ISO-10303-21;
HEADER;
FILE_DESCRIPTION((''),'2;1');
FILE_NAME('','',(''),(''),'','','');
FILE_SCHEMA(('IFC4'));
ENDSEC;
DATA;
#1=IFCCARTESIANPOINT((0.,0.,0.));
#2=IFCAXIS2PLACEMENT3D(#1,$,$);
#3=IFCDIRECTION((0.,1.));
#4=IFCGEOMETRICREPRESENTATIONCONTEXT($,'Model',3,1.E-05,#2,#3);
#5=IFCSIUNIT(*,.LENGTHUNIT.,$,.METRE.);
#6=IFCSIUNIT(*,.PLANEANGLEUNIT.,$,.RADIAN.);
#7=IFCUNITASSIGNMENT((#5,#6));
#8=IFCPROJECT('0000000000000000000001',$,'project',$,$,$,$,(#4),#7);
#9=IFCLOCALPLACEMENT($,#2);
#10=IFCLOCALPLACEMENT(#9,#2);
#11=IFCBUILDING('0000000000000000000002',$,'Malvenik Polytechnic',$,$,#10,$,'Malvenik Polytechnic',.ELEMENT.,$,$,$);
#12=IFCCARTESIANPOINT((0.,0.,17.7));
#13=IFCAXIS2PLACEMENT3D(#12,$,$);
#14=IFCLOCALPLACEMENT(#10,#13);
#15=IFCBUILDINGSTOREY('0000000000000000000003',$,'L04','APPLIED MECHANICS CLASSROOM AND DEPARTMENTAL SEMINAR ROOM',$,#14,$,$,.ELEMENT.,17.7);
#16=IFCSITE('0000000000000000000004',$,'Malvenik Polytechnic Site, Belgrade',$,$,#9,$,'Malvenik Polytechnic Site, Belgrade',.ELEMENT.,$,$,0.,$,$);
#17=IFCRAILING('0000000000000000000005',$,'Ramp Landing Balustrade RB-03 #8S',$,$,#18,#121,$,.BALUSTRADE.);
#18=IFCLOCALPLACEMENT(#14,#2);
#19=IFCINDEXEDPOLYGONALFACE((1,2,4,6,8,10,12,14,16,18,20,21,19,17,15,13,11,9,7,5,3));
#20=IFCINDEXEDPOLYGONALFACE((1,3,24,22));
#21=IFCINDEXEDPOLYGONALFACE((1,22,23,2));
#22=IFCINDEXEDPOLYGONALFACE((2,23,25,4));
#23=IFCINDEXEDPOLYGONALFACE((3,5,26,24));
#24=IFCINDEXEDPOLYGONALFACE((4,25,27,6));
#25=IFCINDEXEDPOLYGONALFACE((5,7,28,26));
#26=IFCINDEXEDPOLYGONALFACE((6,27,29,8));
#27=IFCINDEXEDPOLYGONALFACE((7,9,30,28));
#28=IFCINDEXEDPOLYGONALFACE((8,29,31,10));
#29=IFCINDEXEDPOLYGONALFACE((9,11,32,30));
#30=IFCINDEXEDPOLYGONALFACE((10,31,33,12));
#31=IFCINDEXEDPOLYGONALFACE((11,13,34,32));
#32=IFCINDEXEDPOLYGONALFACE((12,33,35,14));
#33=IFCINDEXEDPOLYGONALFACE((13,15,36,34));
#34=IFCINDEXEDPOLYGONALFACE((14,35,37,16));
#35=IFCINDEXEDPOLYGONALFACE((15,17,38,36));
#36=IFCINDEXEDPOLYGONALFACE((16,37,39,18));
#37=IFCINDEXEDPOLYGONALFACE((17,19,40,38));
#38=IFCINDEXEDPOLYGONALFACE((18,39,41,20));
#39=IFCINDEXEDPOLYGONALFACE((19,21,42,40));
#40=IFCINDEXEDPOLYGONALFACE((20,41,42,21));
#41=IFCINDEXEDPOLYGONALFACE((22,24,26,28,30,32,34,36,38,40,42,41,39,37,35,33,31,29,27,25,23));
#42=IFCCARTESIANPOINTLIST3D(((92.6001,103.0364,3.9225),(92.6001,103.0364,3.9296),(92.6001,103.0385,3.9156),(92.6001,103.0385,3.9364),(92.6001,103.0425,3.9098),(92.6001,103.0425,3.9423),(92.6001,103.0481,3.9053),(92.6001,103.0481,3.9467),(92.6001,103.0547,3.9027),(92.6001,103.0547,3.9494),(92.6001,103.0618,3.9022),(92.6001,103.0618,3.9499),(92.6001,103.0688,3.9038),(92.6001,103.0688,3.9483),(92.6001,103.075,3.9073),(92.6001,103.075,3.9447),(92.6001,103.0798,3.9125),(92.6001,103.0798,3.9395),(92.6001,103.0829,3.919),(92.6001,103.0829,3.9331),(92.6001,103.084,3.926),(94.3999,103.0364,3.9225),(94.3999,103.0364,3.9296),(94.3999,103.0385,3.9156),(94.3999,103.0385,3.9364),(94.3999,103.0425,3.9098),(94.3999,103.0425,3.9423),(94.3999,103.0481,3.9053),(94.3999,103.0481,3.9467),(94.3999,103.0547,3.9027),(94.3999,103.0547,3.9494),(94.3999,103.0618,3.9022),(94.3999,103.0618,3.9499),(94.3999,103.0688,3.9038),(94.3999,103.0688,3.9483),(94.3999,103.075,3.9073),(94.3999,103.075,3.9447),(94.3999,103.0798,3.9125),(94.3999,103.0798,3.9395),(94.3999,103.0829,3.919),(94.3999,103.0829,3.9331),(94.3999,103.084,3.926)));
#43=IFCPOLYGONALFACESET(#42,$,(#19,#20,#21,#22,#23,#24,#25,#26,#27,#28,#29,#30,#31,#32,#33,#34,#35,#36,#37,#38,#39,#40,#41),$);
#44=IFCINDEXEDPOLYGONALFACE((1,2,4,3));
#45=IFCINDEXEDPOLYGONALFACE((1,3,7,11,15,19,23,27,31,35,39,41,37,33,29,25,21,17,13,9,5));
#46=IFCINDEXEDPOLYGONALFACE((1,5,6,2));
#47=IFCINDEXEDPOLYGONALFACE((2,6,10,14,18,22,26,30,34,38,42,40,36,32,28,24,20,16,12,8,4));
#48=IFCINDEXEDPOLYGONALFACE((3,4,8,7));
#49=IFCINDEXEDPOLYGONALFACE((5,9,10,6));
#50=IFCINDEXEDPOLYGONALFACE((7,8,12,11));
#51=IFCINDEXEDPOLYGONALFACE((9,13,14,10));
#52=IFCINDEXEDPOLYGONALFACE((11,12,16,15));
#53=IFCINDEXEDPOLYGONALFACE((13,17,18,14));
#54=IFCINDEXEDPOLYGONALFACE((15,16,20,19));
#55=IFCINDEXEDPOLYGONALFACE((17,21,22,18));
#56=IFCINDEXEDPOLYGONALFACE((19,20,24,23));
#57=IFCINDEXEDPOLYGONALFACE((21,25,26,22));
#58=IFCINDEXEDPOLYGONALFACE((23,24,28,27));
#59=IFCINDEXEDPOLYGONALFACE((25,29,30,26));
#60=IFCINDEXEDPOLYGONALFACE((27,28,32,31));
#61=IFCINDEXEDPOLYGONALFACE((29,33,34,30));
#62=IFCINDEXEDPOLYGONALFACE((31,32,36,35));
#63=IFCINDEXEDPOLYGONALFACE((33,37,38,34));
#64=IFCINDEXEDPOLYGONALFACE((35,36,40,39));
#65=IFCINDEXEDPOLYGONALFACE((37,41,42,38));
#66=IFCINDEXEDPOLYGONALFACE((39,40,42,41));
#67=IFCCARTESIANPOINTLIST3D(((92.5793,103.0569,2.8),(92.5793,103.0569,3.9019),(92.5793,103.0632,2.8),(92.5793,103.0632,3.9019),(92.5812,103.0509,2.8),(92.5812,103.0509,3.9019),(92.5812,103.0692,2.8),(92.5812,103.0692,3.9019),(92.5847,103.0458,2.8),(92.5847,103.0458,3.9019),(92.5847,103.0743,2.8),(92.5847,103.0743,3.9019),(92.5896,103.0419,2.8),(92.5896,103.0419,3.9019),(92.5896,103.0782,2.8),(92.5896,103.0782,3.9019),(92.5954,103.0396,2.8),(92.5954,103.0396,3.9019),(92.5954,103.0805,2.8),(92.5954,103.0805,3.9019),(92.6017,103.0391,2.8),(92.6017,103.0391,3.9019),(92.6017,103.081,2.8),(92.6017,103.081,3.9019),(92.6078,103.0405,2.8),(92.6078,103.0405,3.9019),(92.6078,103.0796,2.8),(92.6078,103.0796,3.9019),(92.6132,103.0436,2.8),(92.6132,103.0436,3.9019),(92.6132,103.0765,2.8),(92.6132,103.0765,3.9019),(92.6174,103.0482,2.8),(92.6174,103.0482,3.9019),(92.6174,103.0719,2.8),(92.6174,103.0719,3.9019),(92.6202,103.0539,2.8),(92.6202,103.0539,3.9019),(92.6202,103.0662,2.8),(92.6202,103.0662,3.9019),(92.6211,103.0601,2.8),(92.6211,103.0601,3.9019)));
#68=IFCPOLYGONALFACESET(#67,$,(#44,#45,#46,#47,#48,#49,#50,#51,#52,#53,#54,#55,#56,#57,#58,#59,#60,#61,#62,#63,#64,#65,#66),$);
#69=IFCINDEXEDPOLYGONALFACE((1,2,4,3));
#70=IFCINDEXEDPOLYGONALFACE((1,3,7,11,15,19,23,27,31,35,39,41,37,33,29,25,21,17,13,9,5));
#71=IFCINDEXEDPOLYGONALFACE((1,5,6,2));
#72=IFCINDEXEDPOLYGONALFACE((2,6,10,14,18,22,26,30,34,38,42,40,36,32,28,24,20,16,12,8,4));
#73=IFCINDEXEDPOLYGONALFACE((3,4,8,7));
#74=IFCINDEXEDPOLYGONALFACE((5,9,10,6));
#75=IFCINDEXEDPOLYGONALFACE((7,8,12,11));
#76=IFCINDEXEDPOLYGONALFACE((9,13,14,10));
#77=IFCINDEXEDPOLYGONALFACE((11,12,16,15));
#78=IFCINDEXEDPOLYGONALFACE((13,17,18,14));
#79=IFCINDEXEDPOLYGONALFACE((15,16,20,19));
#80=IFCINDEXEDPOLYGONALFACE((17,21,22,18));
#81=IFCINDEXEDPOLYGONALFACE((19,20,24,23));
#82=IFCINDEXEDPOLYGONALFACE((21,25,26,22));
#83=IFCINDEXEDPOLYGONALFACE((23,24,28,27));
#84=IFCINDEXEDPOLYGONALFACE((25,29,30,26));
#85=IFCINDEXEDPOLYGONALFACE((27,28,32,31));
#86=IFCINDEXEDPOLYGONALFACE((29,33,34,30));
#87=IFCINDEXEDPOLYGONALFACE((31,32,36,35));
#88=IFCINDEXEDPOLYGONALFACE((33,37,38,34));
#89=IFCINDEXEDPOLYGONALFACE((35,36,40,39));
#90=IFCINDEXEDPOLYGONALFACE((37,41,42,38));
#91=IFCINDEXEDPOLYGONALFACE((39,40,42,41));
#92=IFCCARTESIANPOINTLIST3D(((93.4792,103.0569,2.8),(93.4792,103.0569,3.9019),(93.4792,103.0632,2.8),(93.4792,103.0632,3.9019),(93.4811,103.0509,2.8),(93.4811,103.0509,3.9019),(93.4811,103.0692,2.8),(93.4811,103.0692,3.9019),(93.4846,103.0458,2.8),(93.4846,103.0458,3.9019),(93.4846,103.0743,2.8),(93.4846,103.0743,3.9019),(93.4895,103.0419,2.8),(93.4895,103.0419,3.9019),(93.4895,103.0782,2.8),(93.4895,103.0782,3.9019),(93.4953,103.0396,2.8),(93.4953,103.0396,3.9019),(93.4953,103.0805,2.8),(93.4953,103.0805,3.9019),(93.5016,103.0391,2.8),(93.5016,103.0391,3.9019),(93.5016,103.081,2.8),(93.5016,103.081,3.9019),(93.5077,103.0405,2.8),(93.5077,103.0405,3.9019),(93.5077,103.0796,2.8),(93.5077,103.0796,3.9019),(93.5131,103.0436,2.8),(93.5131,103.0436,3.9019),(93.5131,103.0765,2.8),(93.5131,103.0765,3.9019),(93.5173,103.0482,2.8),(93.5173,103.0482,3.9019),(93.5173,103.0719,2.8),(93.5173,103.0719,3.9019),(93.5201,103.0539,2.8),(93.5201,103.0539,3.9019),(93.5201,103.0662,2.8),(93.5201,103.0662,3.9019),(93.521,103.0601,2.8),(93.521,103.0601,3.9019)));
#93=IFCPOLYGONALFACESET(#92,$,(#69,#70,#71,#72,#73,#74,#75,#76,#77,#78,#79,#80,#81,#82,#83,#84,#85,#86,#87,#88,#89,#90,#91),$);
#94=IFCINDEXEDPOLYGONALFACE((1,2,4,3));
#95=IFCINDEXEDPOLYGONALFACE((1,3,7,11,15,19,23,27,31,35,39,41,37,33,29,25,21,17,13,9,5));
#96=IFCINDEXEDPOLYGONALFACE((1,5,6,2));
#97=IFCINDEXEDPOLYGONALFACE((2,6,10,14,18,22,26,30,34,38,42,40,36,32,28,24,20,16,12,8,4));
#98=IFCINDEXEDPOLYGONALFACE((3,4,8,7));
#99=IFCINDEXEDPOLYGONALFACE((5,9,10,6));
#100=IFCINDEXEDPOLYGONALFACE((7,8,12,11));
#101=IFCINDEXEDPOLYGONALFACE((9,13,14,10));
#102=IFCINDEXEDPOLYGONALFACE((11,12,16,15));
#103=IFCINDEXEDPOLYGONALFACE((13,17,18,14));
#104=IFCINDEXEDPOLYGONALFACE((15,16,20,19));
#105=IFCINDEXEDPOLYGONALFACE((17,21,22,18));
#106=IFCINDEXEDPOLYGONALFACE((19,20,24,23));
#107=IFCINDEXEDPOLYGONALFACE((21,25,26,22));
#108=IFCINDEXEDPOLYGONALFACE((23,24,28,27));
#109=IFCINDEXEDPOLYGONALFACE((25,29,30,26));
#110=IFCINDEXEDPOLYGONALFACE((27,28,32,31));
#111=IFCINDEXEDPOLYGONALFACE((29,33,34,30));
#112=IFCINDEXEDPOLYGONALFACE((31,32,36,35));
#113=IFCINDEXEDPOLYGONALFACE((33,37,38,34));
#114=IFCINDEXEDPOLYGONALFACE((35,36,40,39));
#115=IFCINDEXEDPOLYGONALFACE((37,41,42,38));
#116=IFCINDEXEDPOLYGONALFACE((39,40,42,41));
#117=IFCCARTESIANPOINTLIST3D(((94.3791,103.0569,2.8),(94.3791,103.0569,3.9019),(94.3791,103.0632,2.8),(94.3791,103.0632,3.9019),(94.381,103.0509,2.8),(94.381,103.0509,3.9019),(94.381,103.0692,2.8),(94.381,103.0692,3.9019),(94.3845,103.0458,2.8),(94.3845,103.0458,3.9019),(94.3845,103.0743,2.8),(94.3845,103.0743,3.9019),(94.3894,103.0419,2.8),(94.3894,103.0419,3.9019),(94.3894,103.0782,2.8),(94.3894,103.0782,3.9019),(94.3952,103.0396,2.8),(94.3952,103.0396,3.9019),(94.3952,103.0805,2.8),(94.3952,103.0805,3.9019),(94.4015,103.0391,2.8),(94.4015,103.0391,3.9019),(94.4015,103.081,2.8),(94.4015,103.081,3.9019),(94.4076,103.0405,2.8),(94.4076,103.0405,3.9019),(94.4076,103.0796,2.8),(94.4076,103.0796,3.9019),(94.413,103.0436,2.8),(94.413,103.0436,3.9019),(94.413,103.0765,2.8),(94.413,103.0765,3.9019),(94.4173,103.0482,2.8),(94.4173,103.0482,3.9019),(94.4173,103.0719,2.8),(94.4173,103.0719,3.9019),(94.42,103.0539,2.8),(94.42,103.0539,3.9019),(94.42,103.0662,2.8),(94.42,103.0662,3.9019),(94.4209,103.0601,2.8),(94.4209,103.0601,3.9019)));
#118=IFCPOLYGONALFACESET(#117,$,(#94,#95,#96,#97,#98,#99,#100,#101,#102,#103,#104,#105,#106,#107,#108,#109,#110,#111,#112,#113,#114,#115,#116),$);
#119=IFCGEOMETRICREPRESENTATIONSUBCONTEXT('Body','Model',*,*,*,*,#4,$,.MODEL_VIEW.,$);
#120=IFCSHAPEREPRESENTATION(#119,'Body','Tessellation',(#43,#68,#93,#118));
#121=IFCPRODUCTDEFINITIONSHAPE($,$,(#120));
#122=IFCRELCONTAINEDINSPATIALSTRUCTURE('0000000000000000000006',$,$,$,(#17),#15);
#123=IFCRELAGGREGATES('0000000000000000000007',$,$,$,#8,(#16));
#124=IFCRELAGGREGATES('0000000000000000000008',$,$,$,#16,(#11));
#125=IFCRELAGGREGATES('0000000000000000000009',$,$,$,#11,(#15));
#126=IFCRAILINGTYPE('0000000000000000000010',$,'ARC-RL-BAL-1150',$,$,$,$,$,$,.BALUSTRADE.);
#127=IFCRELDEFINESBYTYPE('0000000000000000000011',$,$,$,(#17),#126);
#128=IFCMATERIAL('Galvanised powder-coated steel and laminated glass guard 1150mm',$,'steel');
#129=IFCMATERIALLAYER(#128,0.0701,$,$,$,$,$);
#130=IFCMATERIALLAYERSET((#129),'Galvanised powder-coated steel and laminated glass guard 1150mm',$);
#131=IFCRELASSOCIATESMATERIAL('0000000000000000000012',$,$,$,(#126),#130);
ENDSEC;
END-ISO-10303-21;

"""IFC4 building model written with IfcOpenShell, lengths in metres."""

from ifc_helpers import new_model, si_unit, direction, frame, origin, origin_2d, place, context, subcontext, project, spatial, circle, extrude, material, layer, layer_set, type_object, element, save


model = new_model("IFC4")

# Units and contexts
model_context = context("Model", 3, precision=1e-05, world=origin(), true_north=direction((0.0, 1.0)))
body_context = subcontext(model_context, "Body", "Model", "MODEL_VIEW")
ifc_project = project(units=[si_unit("LENGTHUNIT", "METRE"), si_unit("PLANEANGLEUNIT", "RADIAN")], contexts=[model_context])

# Site, building, storey
site_placement = place(None, origin())
site = spatial("IfcSite", under=ifc_project, at=site_placement, Name="Malvenik Polytechnic Site, Belgrade", LongName="Malvenik Polytechnic Site, Belgrade", CompositionType="ELEMENT", RefElevation=0.0)
building_placement = place(site_placement, origin())
building = spatial("IfcBuilding", under=site, at=building_placement, Name="Malvenik Polytechnic", LongName="Malvenik Polytechnic", CompositionType="ELEMENT")
storey_placement = place(building_placement, frame((0.0, 0.0, 17.7)))
storey = spatial("IfcBuildingStorey", under=building, at=storey_placement, Name="L04", Description="APPLIED MECHANICS CLASSROOM AND DEPARTMENTAL SEMINAR ROOM", CompositionType="ELEMENT", Elevation=17.7)

# Railing
ifc_material_1 = material(Name="Galvanised powder-coated steel and laminated glass guard 1150mm", Category="steel")
ifc_layer_1 = layer(ifc_material_1, 0.0701)
ifc_layer_set_1 = layer_set([ifc_layer_1], Name="Galvanised powder-coated steel and laminated glass guard 1150mm")
railing_type_1 = type_object("IfcRailingType", Name="ARC-RL-BAL-1150", PredefinedType="BALUSTRADE", material=ifc_layer_set_1)
railing_1_placement = place(storey_placement, frame((92.6001, 103.0601, 2.8)))
element("IfcRailing", 1, at=railing_1_placement, inside=storey, type_object=railing_type_1, Name="Ramp Landing Balustrade RB-03 #8S", PredefinedType="BALUSTRADE", context=body_context, shape_type="SweptSolid", body=[
    extrude(circle(Radius=0.0239, at=origin_2d()), frame((0.0, 0.0, 1.126), z_axis=(1.0, 0.0, 0.0), x_axis=(0.0, 1.0, 0.0)), (0.0, 0.0, 1.0), 1.7998),
    extrude(circle(Radius=0.021, at=origin_2d()), origin(), (0.0, 0.0, 1.0), 1.1018),
    extrude(circle(Radius=0.021, at=origin_2d()), frame((0.8999, 0.0, 0.0)), (0.0, 0.0, 1.0), 1.1018),
    extrude(circle(Radius=0.021, at=origin_2d()), frame((1.7998, 0.0, 0.0)), (0.0, 0.0, 1.0), 1.1018),
])

save(model, "model.ifc")
